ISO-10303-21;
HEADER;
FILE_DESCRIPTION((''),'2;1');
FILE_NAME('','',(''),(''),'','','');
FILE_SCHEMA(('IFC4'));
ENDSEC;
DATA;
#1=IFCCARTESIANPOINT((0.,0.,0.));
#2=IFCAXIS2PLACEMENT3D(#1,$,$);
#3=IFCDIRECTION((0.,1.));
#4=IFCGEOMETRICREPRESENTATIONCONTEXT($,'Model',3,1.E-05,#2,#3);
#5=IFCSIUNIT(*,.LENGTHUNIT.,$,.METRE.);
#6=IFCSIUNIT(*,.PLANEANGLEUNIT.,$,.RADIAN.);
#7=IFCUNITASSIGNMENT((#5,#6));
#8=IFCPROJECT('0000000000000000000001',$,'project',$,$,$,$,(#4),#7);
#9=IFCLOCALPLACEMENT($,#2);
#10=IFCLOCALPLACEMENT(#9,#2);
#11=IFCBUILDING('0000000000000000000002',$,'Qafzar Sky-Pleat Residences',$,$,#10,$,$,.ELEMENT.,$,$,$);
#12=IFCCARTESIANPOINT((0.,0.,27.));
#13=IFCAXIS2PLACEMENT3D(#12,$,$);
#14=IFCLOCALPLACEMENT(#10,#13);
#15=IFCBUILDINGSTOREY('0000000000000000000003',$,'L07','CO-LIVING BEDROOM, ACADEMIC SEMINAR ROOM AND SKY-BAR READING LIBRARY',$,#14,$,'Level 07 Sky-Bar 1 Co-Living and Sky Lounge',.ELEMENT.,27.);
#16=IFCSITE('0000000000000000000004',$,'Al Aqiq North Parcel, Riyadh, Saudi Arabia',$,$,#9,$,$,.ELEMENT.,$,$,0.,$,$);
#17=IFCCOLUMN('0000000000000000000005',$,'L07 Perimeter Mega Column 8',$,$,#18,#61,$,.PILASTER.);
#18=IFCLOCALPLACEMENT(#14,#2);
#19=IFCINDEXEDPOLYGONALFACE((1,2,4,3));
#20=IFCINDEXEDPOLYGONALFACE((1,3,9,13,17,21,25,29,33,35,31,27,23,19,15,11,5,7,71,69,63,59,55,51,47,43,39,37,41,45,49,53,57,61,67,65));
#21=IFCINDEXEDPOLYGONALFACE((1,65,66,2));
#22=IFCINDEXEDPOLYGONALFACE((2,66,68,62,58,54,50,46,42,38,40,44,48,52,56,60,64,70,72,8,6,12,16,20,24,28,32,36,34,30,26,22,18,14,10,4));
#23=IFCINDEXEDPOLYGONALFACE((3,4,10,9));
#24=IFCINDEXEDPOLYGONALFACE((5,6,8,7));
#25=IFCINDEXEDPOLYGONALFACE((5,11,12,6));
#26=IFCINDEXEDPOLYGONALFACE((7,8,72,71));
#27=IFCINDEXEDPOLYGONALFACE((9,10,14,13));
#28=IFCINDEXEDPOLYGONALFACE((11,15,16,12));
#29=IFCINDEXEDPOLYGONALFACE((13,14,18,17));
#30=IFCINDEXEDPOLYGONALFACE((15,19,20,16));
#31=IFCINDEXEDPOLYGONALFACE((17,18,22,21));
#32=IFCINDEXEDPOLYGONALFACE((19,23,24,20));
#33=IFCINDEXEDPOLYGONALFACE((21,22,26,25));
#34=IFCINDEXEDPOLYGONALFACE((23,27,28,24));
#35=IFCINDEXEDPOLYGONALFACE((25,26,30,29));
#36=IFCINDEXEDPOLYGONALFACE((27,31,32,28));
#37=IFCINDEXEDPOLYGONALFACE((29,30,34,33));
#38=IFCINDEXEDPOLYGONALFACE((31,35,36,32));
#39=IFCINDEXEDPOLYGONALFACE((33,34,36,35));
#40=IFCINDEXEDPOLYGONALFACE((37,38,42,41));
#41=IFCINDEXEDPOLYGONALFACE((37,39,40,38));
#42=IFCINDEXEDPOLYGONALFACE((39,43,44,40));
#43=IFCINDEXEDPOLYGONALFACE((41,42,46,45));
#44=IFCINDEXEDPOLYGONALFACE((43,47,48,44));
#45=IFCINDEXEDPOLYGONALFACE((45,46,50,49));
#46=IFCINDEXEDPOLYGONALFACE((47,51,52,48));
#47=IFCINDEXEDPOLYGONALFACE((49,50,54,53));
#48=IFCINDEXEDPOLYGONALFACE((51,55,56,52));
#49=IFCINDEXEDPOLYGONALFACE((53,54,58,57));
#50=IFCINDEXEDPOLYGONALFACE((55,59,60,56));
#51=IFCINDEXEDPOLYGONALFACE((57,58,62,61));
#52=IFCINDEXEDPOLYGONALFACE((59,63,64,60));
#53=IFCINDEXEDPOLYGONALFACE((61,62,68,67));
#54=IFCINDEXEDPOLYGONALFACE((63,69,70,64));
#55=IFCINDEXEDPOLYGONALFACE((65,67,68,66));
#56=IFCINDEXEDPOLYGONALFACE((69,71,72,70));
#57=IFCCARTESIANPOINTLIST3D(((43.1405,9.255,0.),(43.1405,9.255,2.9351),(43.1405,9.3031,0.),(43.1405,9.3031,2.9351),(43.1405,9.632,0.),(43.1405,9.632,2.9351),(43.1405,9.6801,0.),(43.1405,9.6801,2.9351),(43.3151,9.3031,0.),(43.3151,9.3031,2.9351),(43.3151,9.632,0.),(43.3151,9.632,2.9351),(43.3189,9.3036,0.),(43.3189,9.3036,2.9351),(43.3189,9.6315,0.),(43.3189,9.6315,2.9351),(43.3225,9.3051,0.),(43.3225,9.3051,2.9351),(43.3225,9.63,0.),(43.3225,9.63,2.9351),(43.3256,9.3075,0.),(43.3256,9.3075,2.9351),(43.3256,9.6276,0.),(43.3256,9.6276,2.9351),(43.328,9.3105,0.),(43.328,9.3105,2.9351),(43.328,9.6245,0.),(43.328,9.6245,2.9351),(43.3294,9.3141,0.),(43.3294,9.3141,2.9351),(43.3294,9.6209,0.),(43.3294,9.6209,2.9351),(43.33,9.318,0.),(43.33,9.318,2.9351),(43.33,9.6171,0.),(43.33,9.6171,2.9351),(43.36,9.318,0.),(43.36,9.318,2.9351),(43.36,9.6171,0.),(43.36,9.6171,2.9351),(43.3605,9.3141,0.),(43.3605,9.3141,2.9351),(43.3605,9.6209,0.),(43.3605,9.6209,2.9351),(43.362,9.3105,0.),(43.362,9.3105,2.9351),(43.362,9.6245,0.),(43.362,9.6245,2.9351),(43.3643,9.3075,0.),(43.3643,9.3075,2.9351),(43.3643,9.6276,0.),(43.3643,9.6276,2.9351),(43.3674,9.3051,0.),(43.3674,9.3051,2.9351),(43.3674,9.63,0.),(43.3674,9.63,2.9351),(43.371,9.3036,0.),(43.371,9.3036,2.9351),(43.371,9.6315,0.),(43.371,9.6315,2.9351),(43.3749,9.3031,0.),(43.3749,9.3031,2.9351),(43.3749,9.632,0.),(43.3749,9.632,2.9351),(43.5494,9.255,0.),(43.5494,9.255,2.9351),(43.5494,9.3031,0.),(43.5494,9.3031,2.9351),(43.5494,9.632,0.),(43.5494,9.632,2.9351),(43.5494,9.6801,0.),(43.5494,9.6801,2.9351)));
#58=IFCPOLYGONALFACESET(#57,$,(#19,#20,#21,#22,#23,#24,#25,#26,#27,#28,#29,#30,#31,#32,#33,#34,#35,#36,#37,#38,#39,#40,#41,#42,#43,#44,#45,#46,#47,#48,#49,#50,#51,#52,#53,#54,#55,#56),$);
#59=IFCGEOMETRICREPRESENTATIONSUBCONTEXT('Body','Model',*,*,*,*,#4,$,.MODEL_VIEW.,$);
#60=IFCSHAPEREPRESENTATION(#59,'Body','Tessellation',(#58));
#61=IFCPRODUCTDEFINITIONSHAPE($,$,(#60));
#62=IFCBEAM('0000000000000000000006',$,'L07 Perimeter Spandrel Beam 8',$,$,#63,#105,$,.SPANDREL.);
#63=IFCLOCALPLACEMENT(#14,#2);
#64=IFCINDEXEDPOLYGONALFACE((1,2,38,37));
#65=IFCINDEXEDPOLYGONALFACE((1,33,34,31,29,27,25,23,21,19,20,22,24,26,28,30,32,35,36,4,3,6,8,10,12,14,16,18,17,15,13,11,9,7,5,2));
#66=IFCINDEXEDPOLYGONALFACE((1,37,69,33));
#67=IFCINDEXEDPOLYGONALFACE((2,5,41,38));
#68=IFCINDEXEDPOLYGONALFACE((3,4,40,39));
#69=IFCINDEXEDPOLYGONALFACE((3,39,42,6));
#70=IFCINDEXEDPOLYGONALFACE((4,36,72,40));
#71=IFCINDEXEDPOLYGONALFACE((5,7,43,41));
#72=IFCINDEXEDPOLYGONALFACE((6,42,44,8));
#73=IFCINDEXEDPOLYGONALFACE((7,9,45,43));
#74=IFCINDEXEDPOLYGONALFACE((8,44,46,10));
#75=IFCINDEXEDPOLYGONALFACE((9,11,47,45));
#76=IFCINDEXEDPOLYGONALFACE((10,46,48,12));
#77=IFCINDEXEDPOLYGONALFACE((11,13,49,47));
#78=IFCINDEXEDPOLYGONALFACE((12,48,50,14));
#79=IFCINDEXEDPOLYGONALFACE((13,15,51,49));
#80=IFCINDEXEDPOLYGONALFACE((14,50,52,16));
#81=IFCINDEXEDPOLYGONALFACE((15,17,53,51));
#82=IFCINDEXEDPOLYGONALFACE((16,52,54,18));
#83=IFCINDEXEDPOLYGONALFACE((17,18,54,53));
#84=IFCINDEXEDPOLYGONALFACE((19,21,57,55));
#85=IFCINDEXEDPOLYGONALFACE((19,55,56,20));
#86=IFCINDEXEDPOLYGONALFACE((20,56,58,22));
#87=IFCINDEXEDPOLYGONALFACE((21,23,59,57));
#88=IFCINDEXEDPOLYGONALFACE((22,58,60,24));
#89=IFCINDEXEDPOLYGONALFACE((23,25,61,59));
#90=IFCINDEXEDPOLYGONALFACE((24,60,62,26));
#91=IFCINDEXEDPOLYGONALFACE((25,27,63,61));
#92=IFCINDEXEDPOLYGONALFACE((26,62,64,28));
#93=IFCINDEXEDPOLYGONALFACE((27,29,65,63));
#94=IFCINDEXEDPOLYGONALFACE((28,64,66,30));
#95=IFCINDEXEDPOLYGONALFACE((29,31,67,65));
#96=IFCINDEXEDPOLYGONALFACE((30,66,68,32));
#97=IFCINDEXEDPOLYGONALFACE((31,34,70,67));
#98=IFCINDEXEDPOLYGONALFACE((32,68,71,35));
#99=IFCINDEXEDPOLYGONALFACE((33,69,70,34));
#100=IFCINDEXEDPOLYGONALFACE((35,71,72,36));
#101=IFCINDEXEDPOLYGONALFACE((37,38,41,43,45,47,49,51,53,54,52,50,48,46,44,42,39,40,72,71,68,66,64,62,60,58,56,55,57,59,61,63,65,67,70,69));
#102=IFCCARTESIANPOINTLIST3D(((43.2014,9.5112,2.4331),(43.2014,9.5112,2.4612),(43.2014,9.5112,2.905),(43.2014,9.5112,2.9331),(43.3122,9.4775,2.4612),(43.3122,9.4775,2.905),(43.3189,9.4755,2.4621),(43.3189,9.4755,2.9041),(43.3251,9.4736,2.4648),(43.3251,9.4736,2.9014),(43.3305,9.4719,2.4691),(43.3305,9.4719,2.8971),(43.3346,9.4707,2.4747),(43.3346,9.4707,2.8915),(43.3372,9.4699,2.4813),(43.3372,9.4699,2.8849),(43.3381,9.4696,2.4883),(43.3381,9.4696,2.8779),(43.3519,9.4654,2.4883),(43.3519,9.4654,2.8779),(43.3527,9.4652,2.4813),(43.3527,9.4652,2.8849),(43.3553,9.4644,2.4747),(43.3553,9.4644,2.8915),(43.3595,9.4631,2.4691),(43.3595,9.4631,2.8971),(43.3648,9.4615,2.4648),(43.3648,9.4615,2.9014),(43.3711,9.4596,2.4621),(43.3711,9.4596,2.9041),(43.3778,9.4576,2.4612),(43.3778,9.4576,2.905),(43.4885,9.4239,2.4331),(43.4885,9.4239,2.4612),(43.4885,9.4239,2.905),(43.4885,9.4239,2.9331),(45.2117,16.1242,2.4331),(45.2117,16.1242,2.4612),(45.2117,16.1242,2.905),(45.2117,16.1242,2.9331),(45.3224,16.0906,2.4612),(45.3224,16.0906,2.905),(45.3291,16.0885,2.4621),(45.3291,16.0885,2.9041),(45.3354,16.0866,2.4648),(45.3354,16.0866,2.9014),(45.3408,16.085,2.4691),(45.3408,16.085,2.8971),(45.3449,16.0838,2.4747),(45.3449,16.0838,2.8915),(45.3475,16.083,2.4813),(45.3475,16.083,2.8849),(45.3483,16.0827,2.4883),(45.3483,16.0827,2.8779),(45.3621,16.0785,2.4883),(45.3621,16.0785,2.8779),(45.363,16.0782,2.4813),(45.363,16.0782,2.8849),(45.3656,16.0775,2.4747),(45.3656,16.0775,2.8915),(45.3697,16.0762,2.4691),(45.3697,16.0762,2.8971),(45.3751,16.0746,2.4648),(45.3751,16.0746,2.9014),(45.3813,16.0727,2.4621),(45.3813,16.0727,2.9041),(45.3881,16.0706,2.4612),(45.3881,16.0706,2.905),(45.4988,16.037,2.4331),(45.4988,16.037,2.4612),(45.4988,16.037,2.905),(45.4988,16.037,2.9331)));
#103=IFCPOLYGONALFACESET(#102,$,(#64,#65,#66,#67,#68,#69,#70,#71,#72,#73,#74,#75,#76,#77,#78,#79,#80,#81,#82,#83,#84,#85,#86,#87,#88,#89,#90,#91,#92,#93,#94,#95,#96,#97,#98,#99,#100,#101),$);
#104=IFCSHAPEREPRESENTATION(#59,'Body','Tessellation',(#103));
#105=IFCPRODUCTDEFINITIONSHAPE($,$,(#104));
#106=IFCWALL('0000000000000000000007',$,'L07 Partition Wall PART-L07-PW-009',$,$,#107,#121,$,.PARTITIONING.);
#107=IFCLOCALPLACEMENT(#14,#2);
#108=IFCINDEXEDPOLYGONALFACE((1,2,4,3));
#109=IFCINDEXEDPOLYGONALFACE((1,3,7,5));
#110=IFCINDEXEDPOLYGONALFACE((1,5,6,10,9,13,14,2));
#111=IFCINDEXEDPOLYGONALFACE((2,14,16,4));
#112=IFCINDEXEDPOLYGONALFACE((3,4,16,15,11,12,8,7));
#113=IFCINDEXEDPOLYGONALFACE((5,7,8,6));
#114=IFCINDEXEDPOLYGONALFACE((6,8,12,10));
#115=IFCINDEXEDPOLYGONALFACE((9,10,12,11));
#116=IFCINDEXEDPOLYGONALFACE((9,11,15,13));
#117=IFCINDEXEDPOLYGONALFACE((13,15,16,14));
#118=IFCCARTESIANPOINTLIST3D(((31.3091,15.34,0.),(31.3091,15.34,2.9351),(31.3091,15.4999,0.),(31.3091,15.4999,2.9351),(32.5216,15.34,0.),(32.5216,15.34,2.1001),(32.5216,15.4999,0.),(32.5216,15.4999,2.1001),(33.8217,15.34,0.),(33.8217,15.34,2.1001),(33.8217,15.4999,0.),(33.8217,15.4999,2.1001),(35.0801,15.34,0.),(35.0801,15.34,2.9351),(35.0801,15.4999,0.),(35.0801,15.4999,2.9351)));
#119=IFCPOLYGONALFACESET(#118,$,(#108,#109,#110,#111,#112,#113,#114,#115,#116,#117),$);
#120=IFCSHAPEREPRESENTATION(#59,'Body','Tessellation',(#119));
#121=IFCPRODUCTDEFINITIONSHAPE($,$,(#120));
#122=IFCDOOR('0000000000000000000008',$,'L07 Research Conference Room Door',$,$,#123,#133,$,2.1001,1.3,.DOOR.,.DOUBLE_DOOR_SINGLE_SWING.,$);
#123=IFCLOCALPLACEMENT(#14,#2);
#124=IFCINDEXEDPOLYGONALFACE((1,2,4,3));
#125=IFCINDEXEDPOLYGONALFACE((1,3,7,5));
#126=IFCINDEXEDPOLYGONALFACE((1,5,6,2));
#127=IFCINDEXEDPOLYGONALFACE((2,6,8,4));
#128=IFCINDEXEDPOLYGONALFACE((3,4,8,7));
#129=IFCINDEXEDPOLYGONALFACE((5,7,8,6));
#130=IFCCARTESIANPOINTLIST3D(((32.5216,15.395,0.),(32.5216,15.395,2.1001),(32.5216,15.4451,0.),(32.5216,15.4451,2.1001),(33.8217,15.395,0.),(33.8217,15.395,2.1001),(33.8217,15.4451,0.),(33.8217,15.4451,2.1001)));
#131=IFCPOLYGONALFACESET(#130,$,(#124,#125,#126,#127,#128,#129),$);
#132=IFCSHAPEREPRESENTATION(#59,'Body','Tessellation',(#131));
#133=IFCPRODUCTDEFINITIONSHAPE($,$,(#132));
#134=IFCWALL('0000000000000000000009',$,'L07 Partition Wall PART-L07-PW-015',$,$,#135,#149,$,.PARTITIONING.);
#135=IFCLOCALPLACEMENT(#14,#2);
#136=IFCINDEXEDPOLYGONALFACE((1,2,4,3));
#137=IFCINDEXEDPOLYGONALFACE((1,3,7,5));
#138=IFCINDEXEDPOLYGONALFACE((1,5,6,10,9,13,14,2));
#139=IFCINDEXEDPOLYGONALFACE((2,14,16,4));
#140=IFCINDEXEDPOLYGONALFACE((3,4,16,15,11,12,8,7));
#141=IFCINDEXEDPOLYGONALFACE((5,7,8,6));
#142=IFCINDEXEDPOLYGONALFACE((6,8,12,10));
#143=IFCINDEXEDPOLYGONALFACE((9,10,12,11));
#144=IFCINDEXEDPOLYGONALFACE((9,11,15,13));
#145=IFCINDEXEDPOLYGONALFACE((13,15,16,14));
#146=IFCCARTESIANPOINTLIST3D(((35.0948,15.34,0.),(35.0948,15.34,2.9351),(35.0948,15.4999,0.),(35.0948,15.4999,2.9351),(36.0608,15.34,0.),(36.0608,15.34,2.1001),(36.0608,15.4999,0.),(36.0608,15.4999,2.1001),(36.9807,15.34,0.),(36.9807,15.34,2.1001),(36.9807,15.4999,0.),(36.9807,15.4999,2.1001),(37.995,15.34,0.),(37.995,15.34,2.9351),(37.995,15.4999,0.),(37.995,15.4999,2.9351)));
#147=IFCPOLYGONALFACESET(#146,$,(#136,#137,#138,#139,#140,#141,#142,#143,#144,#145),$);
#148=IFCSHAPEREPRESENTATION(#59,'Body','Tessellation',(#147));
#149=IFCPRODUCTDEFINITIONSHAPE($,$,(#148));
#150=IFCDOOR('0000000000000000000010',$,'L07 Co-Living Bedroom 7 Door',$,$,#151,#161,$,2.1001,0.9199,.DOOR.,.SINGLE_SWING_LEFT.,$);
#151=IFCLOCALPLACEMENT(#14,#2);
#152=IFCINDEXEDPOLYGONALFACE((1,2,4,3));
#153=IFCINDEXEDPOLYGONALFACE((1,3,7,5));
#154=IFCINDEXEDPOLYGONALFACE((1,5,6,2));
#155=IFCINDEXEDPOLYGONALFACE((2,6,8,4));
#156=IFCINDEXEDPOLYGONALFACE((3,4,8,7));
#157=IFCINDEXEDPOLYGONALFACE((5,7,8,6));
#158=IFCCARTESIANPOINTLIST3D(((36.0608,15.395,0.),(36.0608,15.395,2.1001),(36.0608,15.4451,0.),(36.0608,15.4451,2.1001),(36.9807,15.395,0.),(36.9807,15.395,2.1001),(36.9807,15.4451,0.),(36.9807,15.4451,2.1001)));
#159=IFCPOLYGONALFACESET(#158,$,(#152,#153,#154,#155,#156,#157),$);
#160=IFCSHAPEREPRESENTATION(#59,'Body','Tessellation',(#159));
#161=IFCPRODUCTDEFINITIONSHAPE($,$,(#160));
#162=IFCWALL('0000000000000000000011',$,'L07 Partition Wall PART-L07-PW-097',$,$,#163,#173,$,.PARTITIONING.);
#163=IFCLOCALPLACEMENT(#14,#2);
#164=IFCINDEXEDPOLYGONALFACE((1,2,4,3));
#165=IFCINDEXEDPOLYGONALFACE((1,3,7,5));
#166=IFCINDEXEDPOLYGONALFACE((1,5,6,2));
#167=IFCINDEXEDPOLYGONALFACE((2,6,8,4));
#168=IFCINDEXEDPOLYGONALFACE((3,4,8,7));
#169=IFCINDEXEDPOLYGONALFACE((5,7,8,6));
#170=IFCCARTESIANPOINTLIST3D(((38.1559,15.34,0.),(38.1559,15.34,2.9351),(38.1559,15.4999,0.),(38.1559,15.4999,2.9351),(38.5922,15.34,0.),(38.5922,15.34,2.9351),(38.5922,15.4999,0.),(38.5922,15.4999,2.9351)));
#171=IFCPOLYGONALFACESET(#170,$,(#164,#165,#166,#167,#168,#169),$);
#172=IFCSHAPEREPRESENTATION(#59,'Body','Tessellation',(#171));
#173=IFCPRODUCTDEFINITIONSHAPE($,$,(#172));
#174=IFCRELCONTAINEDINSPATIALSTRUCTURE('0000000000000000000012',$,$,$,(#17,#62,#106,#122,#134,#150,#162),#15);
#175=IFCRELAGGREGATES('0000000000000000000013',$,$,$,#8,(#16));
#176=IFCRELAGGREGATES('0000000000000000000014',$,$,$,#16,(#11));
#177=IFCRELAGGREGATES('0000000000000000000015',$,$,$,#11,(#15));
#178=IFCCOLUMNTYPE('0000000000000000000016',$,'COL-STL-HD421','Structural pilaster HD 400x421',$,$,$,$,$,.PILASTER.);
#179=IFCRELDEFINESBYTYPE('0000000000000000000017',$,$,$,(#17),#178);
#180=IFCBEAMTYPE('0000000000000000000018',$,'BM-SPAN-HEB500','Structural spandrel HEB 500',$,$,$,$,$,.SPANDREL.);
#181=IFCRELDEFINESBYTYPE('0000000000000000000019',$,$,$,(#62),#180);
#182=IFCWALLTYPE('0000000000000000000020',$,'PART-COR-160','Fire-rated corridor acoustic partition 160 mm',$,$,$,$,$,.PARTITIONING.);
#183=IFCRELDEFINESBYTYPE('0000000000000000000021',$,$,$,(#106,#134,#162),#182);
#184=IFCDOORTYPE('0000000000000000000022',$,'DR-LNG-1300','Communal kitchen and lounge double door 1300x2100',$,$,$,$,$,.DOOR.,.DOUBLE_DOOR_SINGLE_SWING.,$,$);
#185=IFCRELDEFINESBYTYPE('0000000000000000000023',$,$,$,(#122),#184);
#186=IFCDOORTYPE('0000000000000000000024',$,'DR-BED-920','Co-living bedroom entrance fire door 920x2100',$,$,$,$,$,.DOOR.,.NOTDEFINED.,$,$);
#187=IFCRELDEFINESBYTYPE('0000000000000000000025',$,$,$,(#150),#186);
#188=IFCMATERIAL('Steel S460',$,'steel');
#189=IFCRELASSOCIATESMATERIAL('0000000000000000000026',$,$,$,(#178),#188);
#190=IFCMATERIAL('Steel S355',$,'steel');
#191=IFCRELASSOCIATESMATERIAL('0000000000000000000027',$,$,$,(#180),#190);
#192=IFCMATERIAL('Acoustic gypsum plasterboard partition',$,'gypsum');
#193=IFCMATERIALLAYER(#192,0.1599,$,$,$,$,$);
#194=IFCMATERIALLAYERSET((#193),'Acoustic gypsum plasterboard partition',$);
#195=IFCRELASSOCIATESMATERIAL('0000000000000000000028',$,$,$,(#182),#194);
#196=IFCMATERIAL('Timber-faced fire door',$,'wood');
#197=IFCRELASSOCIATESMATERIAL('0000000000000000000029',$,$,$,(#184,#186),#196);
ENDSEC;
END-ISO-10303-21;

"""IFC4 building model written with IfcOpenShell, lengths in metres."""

from ifc_helpers import new_model, si_unit, direction, frame, frame_2d, origin, origin_2d, place, context, subcontext, project, spatial, rectangle, i_section, extrude, source, transform, mapped, material, layer, layer_set, material_profile, profile_set, type_object, element, fill, save


model = new_model("IFC4")

# Units and contexts
model_context = context("Model", 3, precision=1e-05, world=origin(), true_north=direction((0.0, 1.0)))
body_context = subcontext(model_context, "Body", "Model", "MODEL_VIEW")
ifc_project = project(units=[si_unit("LENGTHUNIT", "METRE"), si_unit("PLANEANGLEUNIT", "RADIAN")], contexts=[model_context])

# Site, building, storey
site_placement = place(None, origin())
site = spatial("IfcSite", under=ifc_project, at=site_placement, Name="Al Aqiq North Parcel, Riyadh, Saudi Arabia", CompositionType="ELEMENT", RefElevation=0.0)
building_placement = place(site_placement, origin())
building = spatial("IfcBuilding", under=site, at=building_placement, Name="Qafzar Sky-Pleat Residences", CompositionType="ELEMENT")
storey_placement = place(building_placement, frame((0.0, 0.0, 27.0)))
storey = spatial("IfcBuildingStorey", under=building, at=storey_placement, Name="L07", Description="CO-LIVING BEDROOM, ACADEMIC SEMINAR ROOM AND SKY-BAR READING LIBRARY", LongName="Level 07 Sky-Bar 1 Co-Living and Sky Lounge", CompositionType="ELEMENT", Elevation=27.0)

# Column
ifc_material_1 = material(Name="Steel S460", Category="steel")
ifc_material_profile_1 = material_profile(ifc_material_1, i_section(OverallWidth=0.4089, OverallDepth=0.425, WebThickness=0.03, FlangeThickness=0.0481, FilletRadius=0.0149, at=origin_2d()), Name="HD 400x421")
ifc_profile_set_1 = profile_set([ifc_material_profile_1], Name="Steel S460")
column_type = type_object("IfcColumnType", Name="COL-STL-HD421", Description="Structural pilaster HD 400x421", PredefinedType="PILASTER", material=ifc_profile_set_1)
shared_shape_1 = source(origin(), body_context, "Body", "SweptSolid", [
    extrude(i_section(OverallWidth=0.4089, OverallDepth=0.425, WebThickness=0.03, FlangeThickness=0.0481, FilletRadius=0.0149, at=origin_2d()), origin(), (0.0, 0.0, 1.0), 2.9351),
])
column_placement = place(storey_placement, frame((43.345, 9.4675, 0.0), z_axis=(0.0, 0.0, 1.0), x_axis=(1.0, 0.0, 0.0)))
element("IfcColumn", 1, at=column_placement, inside=storey, type_object=column_type, Name="L07 Perimeter Mega Column 8", PredefinedType="PILASTER", context=body_context, shape_type="MappedRepresentation", body=[
    mapped(shared_shape_1, transform((0.0, 0.0, 0.0), x_axis=(1.0, 0.0, 0.0), y_axis=(0.0, 1.0, 0.0), z_axis=(0.0, 0.0, 1.0), scale=1.0)),
])

# Beam
ifc_material_2 = material(Name="Steel S355", Category="steel")
ifc_material_profile_2 = material_profile(ifc_material_2, i_section(OverallWidth=0.3, OverallDepth=0.5, WebThickness=0.0144, FlangeThickness=0.0281, FilletRadius=0.0271, at=origin_2d()), Name="HEB 500")
ifc_profile_set_2 = profile_set([ifc_material_profile_2], Name="Steel S355")
beam_type = type_object("IfcBeamType", Name="BM-SPAN-HEB500", Description="Structural spandrel HEB 500", PredefinedType="SPANDREL", material=ifc_profile_set_2)
shared_shape_2 = source(origin(), body_context, "Body", "SweptSolid", [
    extrude(i_section(OverallWidth=0.3, OverallDepth=0.5, WebThickness=0.0144, FlangeThickness=0.0281, FilletRadius=0.0271, at=origin_2d()), origin(), (0.0, 0.0, 1.0), 6.9119),
])
beam_placement = place(storey_placement, frame((43.345, 9.4675, 2.6831), z_axis=(0.290843, 0.956771, 0.0), x_axis=(-0.956771, 0.290843, 0.0)))
element("IfcBeam", 2, at=beam_placement, inside=storey, type_object=beam_type, Name="L07 Perimeter Spandrel Beam 8", PredefinedType="SPANDREL", context=body_context, shape_type="MappedRepresentation", body=[
    mapped(shared_shape_2, transform((0.0, 0.0, 0.0), x_axis=(1.0, 0.0, 0.0), y_axis=(0.0, 1.0, 0.0), z_axis=(0.0, 0.0, 1.0), scale=1.0)),
])

# Walls, openings, doors
ifc_material_3 = material(Name="Acoustic gypsum plasterboard partition", Category="gypsum")
ifc_layer_1 = layer(ifc_material_3, 0.1599)
ifc_layer_set_1 = layer_set([ifc_layer_1], Name="Acoustic gypsum plasterboard partition")
wall_type_1 = type_object("IfcWallType", Name="PART-COR-160", Description="Fire-rated corridor acoustic partition 160 mm", PredefinedType="PARTITIONING", material=ifc_layer_set_1)
wall_1_placement = place(storey_placement, frame((35.0801, 15.4199, 0.0), z_axis=(0.0, 0.0, 1.0), x_axis=(-1.0, 0.0, 0.0)))
wall_1 = element("IfcWall", 3, at=wall_1_placement, inside=storey, type_object=wall_type_1, Name="L07 Partition Wall PART-L07-PW-009", PredefinedType="PARTITIONING", context=body_context, shape_type="SweptSolid", body=[
    extrude(rectangle(XDim=3.771, YDim=0.1599, at=frame_2d((1.8855, 0.0))), origin(), (0.0, 0.0, 1.0), 2.9351),
])
opening_1_placement = place(wall_1_placement, frame((1.2585, 0.0, 0.0)))
opening_1 = element("IfcOpeningElement", 4, at=opening_1_placement, cuts=wall_1, PredefinedType="OPENING", context=body_context, shape_type="SweptSolid", body=[
    extrude(rectangle(XDim=1.3, YDim=2.1001, at=frame_2d((0.6499, 1.05))), frame((0.0, 0.0898, 0.0), z_axis=(0.0, -1.0, 0.0), x_axis=(1.0, 0.0, 0.0)), (0.0, 0.0, 1.0), 0.1799),
])
ifc_material_4 = material(Name="Timber-faced fire door", Category="wood")
door_type_1 = type_object("IfcDoorType", Name="DR-LNG-1300", Description="Communal kitchen and lounge double door 1300x2100", OperationType="DOUBLE_DOOR_SINGLE_SWING", PredefinedType="DOOR", material=ifc_material_4)
shared_shape_3 = source(origin(), body_context, "Body", "SweptSolid", [
    extrude(rectangle(XDim=1.3, YDim=2.1001, at=frame_2d((0.6499, 1.05))), frame((0.0, 0.0249, 0.0), z_axis=(0.0, -1.0, 0.0), x_axis=(1.0, 0.0, 0.0)), (0.0, 0.0, 1.0), 0.05),
])
door_1_placement = place(opening_1_placement, origin())
door_1 = element("IfcDoor", 5, at=door_1_placement, inside=storey, type_object=door_type_1, Name="L07 Research Conference Room Door", OperationType="DOUBLE_DOOR_SINGLE_SWING", OverallHeight=2.1001, OverallWidth=1.3, PredefinedType="DOOR", context=body_context, shape_type="MappedRepresentation", body=[
    mapped(shared_shape_3, transform((0.0, 0.0, 0.0), x_axis=(1.0, 0.0, 0.0), y_axis=(0.0, 1.0, 0.0), z_axis=(0.0, 0.0, 1.0), scale=1.0)),
])
fill(opening_1, door_1)
wall_2_placement = place(storey_placement, frame((37.9951, 15.4199, 0.0), z_axis=(0.0, 0.0, 1.0), x_axis=(-1.0, 0.0, 0.0)))
wall_2 = element("IfcWall", 6, at=wall_2_placement, inside=storey, type_object=wall_type_1, Name="L07 Partition Wall PART-L07-PW-015", PredefinedType="PARTITIONING", context=body_context, shape_type="SweptSolid", body=[
    extrude(rectangle(XDim=2.9001, YDim=0.1599, at=frame_2d((1.4502, 0.0))), origin(), (0.0, 0.0, 1.0), 2.9351),
])
opening_2_placement = place(wall_2_placement, frame((1.0144, 0.0, 0.0)))
opening_2 = element("IfcOpeningElement", 7, at=opening_2_placement, cuts=wall_2, PredefinedType="OPENING", context=body_context, shape_type="SweptSolid", body=[
    extrude(rectangle(XDim=0.9199, YDim=2.1001, at=frame_2d((0.46, 1.05))), frame((0.0, 0.0898, 0.0), z_axis=(0.0, -1.0, 0.0), x_axis=(1.0, 0.0, 0.0)), (0.0, 0.0, 1.0), 0.1799),
])
door_type_2 = type_object("IfcDoorType", Name="DR-BED-920", Description="Co-living bedroom entrance fire door 920x2100", OperationType="NOTDEFINED", PredefinedType="DOOR", material=ifc_material_4)
shared_shape_4 = source(origin(), body_context, "Body", "SweptSolid", [
    extrude(rectangle(XDim=0.9199, YDim=2.1001, at=frame_2d((0.46, 1.05))), frame((0.0, 0.0249, 0.0), z_axis=(0.0, -1.0, 0.0), x_axis=(1.0, 0.0, 0.0)), (0.0, 0.0, 1.0), 0.05),
])
door_2_placement = place(opening_2_placement, origin())
door_2 = element("IfcDoor", 8, at=door_2_placement, inside=storey, type_object=door_type_2, Name="L07 Co-Living Bedroom 7 Door", OperationType="SINGLE_SWING_LEFT", OverallHeight=2.1001, OverallWidth=0.9199, PredefinedType="DOOR", context=body_context, shape_type="MappedRepresentation", body=[
    mapped(shared_shape_4, transform((0.0, 0.0, 0.0), x_axis=(1.0, 0.0, 0.0), y_axis=(0.0, 1.0, 0.0), z_axis=(0.0, 0.0, 1.0), scale=1.0)),
])
fill(opening_2, door_2)

# Wall
wall_3_placement = place(storey_placement, frame((38.1558, 15.4199, 0.0), z_axis=(0.0, 0.0, 1.0), x_axis=(1.0, 0.0, 0.0)))
element("IfcWall", 9, at=wall_3_placement, inside=storey, type_object=wall_type_1, Name="L07 Partition Wall PART-L07-PW-097", PredefinedType="PARTITIONING", context=body_context, shape_type="SweptSolid", body=[
    extrude(rectangle(XDim=0.4363, YDim=0.1599, at=frame_2d((0.2183, 0.0))), origin(), (0.0, 0.0, 1.0), 2.9351),
])

save(model, "model.ifc")
